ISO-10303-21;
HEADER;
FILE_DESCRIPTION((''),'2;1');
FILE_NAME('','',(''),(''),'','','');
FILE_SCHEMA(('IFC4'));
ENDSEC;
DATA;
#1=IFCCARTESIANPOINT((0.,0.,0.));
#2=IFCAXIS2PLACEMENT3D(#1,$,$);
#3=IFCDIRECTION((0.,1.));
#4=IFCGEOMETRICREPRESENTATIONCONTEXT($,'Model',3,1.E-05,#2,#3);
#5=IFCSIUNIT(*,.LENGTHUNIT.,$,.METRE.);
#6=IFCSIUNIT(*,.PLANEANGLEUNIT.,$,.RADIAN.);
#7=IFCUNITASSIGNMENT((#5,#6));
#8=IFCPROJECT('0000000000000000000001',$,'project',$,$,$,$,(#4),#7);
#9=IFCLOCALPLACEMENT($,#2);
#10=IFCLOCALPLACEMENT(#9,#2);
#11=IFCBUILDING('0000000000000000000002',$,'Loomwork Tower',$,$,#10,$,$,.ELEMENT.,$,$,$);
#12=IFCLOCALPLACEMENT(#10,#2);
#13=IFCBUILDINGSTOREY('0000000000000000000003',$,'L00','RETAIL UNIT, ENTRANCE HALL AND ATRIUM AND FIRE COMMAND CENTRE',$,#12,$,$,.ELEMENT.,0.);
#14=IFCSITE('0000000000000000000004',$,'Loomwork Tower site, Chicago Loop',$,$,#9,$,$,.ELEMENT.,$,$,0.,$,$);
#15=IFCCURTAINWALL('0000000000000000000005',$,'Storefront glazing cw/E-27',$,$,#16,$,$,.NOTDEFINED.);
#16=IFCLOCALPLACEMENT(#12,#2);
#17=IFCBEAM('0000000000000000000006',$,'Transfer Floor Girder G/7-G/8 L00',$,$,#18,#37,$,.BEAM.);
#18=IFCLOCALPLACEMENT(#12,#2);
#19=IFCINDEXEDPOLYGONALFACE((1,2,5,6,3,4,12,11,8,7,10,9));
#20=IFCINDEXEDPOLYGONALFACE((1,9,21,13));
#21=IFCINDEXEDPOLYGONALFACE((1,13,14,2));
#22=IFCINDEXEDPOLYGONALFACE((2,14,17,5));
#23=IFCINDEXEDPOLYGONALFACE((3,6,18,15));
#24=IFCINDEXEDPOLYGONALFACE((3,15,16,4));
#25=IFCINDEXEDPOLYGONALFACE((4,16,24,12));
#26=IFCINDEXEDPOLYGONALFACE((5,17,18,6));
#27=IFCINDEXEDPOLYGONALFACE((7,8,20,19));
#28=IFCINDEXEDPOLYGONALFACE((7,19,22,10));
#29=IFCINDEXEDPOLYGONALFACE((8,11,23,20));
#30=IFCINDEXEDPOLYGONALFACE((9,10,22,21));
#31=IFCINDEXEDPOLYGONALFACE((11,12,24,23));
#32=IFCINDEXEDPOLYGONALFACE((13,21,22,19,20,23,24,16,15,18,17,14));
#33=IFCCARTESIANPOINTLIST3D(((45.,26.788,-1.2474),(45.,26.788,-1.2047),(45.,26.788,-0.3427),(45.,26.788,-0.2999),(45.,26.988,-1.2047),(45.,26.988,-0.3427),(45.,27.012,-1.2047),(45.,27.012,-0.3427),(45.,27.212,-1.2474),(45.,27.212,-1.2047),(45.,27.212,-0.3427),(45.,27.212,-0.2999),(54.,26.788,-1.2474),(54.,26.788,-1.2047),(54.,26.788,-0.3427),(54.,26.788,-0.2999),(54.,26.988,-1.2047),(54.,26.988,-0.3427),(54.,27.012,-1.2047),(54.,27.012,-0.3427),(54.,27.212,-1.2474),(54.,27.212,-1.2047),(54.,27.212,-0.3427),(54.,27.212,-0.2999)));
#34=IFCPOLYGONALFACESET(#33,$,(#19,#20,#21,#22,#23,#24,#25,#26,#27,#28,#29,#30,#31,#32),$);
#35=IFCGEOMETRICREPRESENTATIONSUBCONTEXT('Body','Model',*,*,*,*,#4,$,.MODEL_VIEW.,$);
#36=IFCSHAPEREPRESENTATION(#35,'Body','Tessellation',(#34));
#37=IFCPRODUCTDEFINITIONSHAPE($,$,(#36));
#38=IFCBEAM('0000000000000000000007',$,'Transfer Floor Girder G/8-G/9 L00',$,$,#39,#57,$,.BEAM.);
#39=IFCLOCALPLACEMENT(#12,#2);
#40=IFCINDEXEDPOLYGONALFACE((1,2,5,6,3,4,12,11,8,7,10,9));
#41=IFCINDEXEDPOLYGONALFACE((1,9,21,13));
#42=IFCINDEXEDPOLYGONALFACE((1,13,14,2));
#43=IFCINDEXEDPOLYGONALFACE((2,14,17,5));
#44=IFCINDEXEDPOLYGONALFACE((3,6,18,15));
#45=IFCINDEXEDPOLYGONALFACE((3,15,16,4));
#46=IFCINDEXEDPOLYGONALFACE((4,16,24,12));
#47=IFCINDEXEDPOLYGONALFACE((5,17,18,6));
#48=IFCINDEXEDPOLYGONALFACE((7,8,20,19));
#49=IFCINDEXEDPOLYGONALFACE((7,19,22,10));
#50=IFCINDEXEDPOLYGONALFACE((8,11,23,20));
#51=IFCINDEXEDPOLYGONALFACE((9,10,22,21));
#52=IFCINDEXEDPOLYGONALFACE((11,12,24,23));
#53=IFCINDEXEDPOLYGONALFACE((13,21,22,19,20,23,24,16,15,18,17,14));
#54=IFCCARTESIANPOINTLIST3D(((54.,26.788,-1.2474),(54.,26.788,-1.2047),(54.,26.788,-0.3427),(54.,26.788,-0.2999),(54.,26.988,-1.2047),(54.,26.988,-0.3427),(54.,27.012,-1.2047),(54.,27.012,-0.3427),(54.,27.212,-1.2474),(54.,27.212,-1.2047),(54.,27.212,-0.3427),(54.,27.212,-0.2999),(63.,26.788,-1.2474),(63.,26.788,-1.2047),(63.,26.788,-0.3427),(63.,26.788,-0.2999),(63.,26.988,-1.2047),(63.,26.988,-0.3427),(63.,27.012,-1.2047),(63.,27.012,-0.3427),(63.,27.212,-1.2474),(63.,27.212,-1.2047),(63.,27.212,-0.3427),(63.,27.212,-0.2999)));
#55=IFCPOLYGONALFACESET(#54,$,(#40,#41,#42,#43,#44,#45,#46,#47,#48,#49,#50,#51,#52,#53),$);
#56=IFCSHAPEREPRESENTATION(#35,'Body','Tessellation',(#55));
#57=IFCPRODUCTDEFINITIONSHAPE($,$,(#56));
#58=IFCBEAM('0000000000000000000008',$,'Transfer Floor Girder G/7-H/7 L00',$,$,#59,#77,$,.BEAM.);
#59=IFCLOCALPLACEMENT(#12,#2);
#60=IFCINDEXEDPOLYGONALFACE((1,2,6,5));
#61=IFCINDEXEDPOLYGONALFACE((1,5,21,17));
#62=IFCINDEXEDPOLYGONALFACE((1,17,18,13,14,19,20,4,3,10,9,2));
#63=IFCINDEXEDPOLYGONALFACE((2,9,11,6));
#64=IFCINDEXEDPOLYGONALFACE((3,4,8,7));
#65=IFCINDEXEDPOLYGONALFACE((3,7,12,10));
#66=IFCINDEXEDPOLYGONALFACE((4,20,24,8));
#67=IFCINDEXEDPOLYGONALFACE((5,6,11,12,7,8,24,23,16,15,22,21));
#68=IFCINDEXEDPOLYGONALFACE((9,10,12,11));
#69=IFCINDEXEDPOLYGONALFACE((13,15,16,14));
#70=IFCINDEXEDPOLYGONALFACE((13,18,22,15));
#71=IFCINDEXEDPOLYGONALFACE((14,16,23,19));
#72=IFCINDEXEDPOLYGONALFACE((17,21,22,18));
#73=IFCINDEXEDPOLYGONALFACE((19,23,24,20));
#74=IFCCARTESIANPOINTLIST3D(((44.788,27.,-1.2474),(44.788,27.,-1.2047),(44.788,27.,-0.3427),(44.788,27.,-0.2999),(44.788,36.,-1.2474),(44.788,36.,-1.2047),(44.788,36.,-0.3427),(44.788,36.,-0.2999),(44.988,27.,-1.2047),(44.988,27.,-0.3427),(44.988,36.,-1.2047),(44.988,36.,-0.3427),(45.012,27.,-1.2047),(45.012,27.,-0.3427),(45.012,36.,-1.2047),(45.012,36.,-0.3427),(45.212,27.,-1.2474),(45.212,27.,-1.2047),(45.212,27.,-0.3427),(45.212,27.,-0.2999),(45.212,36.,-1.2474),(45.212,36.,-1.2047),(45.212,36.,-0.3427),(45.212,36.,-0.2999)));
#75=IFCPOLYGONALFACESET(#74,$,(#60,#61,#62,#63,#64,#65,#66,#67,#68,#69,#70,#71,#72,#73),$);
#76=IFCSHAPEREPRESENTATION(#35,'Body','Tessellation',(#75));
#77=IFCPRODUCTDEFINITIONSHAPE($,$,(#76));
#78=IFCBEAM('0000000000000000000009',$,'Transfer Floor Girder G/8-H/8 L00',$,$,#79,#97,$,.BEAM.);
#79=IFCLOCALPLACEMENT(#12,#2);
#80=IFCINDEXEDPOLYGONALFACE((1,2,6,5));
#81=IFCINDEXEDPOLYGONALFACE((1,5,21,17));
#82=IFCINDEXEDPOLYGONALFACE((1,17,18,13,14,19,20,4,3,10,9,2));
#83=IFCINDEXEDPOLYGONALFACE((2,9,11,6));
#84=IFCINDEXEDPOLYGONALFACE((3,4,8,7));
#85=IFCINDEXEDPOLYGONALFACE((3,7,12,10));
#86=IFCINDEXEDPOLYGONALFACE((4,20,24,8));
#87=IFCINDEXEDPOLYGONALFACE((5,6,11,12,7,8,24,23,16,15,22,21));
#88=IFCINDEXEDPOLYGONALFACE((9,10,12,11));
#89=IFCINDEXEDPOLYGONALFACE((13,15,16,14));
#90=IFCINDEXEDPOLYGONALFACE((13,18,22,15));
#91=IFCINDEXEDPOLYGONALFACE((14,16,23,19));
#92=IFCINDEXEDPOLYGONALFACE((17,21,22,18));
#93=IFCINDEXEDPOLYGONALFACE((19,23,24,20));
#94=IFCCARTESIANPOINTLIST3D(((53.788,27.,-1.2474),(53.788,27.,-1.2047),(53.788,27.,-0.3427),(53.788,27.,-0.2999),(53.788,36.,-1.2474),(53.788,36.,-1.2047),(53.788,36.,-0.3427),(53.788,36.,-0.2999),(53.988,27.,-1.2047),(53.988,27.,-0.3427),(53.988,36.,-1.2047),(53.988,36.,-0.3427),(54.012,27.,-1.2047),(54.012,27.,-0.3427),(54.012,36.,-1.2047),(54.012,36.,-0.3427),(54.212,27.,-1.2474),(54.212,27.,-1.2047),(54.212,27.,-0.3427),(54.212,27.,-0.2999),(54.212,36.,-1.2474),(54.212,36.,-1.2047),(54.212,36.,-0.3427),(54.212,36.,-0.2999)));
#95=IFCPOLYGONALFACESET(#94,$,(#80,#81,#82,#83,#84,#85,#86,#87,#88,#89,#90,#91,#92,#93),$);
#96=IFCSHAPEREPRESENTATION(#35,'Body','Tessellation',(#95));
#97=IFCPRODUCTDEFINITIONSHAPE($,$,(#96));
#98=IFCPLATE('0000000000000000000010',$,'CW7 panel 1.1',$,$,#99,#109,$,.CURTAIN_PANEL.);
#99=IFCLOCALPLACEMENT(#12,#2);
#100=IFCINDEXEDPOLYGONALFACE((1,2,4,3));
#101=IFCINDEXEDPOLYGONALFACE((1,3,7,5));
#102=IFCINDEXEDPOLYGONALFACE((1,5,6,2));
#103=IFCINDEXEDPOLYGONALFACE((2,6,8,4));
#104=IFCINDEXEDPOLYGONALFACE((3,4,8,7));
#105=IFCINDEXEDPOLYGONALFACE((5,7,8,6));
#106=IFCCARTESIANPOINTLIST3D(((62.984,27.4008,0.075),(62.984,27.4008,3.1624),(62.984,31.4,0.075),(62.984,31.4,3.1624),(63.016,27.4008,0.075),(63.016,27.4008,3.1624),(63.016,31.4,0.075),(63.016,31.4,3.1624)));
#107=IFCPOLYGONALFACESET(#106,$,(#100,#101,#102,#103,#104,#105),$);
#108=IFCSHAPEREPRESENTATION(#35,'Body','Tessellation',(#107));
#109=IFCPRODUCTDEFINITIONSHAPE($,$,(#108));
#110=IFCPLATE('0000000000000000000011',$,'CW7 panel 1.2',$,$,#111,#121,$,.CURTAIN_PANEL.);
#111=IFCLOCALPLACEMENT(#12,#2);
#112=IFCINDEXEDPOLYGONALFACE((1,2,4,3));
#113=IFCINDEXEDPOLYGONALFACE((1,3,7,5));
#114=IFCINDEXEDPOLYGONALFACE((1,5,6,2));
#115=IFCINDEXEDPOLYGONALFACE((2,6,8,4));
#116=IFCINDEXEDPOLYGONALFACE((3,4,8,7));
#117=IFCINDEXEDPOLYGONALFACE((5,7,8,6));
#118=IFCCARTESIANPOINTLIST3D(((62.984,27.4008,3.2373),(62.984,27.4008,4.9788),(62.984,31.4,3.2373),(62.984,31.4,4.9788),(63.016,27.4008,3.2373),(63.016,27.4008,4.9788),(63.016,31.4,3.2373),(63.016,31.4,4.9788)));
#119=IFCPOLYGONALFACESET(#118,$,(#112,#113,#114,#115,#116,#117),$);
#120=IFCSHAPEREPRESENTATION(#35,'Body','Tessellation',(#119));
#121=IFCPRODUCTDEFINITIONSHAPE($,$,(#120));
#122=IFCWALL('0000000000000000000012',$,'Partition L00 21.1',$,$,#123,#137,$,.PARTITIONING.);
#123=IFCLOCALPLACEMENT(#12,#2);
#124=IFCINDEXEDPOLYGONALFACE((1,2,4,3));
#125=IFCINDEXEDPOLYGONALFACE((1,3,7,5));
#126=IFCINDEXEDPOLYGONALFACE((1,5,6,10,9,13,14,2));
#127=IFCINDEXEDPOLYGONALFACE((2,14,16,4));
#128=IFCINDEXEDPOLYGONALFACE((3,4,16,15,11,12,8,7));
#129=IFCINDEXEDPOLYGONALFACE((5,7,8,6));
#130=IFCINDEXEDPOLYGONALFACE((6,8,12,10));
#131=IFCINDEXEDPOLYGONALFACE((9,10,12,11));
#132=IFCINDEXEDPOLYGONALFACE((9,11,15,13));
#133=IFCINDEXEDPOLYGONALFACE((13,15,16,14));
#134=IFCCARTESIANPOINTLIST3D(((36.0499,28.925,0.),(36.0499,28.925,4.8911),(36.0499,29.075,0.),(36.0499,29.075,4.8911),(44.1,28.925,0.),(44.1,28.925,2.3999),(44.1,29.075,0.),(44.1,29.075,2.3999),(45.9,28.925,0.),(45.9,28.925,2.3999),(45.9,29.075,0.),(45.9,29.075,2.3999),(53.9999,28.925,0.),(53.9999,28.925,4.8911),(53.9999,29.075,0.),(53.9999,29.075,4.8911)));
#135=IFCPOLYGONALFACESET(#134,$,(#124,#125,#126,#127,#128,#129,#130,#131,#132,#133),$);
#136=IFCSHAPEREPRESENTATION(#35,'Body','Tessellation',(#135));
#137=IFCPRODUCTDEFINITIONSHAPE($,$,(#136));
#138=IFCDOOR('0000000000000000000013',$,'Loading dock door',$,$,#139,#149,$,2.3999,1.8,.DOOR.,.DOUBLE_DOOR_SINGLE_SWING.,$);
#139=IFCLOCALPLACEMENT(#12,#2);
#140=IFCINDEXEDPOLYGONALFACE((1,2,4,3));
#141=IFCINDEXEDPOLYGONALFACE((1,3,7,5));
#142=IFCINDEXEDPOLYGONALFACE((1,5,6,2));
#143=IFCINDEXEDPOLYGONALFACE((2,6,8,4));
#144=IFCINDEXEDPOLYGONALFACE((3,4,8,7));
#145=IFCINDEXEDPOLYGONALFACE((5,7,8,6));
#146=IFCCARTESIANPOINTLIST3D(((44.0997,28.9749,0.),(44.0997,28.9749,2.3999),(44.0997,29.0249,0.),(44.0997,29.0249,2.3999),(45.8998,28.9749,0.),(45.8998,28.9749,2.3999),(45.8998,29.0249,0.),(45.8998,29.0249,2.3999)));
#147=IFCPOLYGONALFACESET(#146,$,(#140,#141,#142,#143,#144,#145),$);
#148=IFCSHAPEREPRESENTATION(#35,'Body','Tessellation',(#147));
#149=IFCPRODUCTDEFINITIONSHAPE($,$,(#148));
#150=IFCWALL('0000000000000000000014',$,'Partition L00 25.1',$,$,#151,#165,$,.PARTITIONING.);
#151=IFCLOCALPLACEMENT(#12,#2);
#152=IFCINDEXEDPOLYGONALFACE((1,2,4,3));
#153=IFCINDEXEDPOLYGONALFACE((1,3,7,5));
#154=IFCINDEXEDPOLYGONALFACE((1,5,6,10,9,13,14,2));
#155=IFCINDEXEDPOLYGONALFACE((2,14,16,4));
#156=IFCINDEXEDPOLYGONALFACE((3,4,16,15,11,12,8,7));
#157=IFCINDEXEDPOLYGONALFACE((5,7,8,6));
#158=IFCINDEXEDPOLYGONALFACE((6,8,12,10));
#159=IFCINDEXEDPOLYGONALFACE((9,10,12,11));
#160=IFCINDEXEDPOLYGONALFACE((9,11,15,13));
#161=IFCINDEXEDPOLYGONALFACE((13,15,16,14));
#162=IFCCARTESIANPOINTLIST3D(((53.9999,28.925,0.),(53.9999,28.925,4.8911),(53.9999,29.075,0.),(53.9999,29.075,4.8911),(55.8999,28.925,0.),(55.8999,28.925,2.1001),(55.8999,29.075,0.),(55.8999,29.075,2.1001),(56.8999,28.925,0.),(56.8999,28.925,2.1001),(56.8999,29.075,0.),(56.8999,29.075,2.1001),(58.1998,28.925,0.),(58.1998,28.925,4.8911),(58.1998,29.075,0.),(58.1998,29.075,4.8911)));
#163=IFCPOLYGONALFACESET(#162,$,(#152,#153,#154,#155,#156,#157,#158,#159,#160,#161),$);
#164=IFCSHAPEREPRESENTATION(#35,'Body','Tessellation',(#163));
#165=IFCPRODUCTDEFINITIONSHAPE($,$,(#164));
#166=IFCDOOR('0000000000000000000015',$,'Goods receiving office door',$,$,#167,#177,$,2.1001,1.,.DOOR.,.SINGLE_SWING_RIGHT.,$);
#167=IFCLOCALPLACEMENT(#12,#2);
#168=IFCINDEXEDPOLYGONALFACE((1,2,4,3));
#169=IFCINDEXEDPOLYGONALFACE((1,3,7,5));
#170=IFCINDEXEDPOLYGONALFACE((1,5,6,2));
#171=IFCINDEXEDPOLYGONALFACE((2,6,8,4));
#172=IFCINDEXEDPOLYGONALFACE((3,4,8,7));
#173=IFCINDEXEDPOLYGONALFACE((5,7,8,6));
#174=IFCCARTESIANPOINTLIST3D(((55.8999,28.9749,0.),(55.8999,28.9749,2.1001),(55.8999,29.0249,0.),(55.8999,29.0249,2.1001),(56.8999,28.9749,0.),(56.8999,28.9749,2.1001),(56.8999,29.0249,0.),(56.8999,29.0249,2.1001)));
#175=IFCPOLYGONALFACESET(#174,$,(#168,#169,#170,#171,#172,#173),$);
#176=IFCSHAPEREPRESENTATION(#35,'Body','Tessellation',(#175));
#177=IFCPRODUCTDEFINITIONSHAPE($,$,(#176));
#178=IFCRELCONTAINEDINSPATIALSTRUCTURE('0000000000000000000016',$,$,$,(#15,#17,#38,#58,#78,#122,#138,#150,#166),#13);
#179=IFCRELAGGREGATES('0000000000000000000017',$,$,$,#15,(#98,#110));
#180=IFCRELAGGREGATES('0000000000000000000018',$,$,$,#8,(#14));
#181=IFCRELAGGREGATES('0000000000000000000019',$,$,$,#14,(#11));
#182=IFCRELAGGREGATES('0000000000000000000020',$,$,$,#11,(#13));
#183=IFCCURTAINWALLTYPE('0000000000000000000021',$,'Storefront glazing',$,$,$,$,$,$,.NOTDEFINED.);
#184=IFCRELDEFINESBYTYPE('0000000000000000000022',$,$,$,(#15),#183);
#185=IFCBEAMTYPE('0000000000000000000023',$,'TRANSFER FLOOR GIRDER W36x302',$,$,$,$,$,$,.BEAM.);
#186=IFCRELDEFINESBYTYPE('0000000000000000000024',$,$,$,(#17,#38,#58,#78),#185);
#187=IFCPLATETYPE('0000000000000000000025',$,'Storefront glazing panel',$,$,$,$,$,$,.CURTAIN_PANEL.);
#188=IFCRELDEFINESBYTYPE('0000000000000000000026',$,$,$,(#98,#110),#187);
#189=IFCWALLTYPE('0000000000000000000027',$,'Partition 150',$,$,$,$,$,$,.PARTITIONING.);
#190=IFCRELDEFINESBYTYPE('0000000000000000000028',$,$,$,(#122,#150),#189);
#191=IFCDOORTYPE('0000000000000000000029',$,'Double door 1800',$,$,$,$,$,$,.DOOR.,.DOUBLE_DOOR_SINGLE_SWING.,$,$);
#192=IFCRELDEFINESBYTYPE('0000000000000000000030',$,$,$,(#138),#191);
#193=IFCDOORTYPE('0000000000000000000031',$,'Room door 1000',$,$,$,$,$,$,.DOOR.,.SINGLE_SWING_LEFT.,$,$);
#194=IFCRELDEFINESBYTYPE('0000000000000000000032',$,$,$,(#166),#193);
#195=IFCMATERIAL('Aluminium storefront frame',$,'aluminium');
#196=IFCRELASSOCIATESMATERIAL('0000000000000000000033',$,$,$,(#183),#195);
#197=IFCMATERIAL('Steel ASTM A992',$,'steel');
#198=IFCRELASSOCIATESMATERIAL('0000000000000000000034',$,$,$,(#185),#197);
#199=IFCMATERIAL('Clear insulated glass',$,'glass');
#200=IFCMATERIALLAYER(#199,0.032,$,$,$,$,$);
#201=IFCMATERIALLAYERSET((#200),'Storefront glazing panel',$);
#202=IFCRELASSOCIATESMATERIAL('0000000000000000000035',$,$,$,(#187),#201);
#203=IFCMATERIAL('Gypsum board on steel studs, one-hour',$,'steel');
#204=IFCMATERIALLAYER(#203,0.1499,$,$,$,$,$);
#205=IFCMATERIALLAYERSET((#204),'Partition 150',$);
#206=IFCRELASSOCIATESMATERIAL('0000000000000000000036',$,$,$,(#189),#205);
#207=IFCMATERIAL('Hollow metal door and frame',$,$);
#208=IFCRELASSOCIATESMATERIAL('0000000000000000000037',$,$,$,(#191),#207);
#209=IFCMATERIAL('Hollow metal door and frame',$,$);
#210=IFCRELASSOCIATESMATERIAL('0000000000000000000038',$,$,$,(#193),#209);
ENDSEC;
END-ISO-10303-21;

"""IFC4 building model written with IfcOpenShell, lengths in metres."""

from ifc_helpers import new_model, si_unit, direction, frame, frame_2d, origin, origin_2d, place, context, subcontext, project, spatial, rectangle, i_section, extrude, material, layer, layer_set, material_profile, profile_set, type_object, element, fill, aggregate, save


model = new_model("IFC4")

# Units and contexts
model_context = context("Model", 3, precision=1e-05, world=origin(), true_north=direction((0.0, 1.0)))
body_context = subcontext(model_context, "Body", "Model", "MODEL_VIEW")
ifc_project = project(units=[si_unit("LENGTHUNIT", "METRE"), si_unit("PLANEANGLEUNIT", "RADIAN")], contexts=[model_context])

# Site, building, storey
site_placement = place(None, origin())
site = spatial("IfcSite", under=ifc_project, at=site_placement, Name="Loomwork Tower site, Chicago Loop", CompositionType="ELEMENT", RefElevation=0.0)
building_placement = place(site_placement, origin())
building = spatial("IfcBuilding", under=site, at=building_placement, Name="Loomwork Tower", CompositionType="ELEMENT")
storey_placement = place(building_placement, origin())
storey = spatial("IfcBuildingStorey", under=building, at=storey_placement, Name="L00", Description="RETAIL UNIT, ENTRANCE HALL AND ATRIUM AND FIRE COMMAND CENTRE", CompositionType="ELEMENT", Elevation=0.0)

# Curtain wall
ifc_material_1 = material(Name="Aluminium storefront frame", Category="aluminium")
curtain_wall_type = type_object("IfcCurtainWallType", Name="Storefront glazing", PredefinedType="NOTDEFINED", material=ifc_material_1)
curtain_wall_placement = place(storey_placement, origin())
curtain_wall = element("IfcCurtainWall", 1, at=curtain_wall_placement, inside=storey, type_object=curtain_wall_type, Name="Storefront glazing cw/E-27", PredefinedType="NOTDEFINED")

# Beams
ifc_material_2 = material(Name="Steel ASTM A992", Category="steel")
ifc_material_profile_1 = material_profile(ifc_material_2, i_section(OverallWidth=0.4241, OverallDepth=0.9475, WebThickness=0.0239, FlangeThickness=0.0427, at=origin_2d()), Name="W36x302")
ifc_profile_set_1 = profile_set([ifc_material_profile_1], Name="Steel ASTM A992")
beam_type_1 = type_object("IfcBeamType", Name="TRANSFER FLOOR GIRDER W36x302", PredefinedType="BEAM", material=ifc_profile_set_1)
for number, where, z_axis, x_axis, name in (
    (2, (45.0, 27.0, -0.7737), (1.0, 0.0, 0.0), (0.0, 1.0, 0.0), "Transfer Floor Girder G/7-G/8 L00"),
    (3, (54.0, 27.0, -0.7737), (1.0, 0.0, 0.0), (0.0, 1.0, 0.0), "Transfer Floor Girder G/8-G/9 L00"),
    (4, (45.0, 27.0, -0.7737), (0.0, 1.0, 0.0), (-1.0, 0.0, 0.0), "Transfer Floor Girder G/7-H/7 L00"),
    (5, (54.0, 27.0, -0.7737), (0.0, 1.0, 0.0), (-1.0, 0.0, 0.0), "Transfer Floor Girder G/8-H/8 L00"),
):
    element("IfcBeam", number, at=place(storey_placement, frame(where, z_axis=z_axis, x_axis=x_axis)), inside=storey, type_object=beam_type_1, Name=name, PredefinedType="BEAM", context=body_context, shape_type="SweptSolid", body=[
        extrude(i_section(OverallWidth=0.4241, OverallDepth=0.9475, WebThickness=0.0239, FlangeThickness=0.0427, at=origin_2d()), origin(), (0.0, 0.0, 1.0), 9.0),
    ])

# Plates
ifc_material_3 = material(Name="Clear insulated glass", Category="glass")
ifc_layer_1 = layer(ifc_material_3, 0.032)
ifc_layer_set_1 = layer_set([ifc_layer_1], Name="Storefront glazing panel")
plate_type = type_object("IfcPlateType", Name="Storefront glazing panel", PredefinedType="CURTAIN_PANEL", material=ifc_layer_set_1)
plate_1_placement = place(storey_placement, frame((63.0, 29.4004, 0.075), z_axis=(0.0, 0.0, 1.0), x_axis=(0.0, 1.0, 0.0)))
plate_1 = element("IfcPlate", 6, at=plate_1_placement, type_object=plate_type, Name="CW7 panel 1.1", PredefinedType="CURTAIN_PANEL", context=body_context, shape_type="SweptSolid", body=[
    extrude(rectangle(XDim=3.9993, YDim=0.032, at=origin_2d()), origin(), (0.0, 0.0, 1.0), 3.0874),
])
plate_2_placement = place(storey_placement, frame((63.0, 29.4004, 3.2373), z_axis=(0.0, 0.0, 1.0), x_axis=(0.0, 1.0, 0.0)))
plate_2 = element("IfcPlate", 7, at=plate_2_placement, type_object=plate_type, Name="CW7 panel 1.2", PredefinedType="CURTAIN_PANEL", context=body_context, shape_type="SweptSolid", body=[
    extrude(rectangle(XDim=3.9993, YDim=0.032, at=origin_2d()), origin(), (0.0, 0.0, 1.0), 1.7415),
])
aggregate(curtain_wall, [plate_1, plate_2])

# Walls, openings, doors
ifc_material_4 = material(Name="Gypsum board on steel studs, one-hour", Category="steel")
ifc_layer_2 = layer(ifc_material_4, 0.1499)
ifc_layer_set_2 = layer_set([ifc_layer_2], Name="Partition 150")
wall_type_1 = type_object("IfcWallType", Name="Partition 150", PredefinedType="PARTITIONING", material=ifc_layer_set_2)
wall_1_placement = place(storey_placement, frame((54.0, 29.0, 0.0), z_axis=(0.0, 0.0, 1.0), x_axis=(-1.0, 0.0, 0.0)))
wall_1 = element("IfcWall", 8, at=wall_1_placement, inside=storey, type_object=wall_type_1, Name="Partition L00 21.1", PredefinedType="PARTITIONING", context=body_context, shape_type="SweptSolid", body=[
    extrude(rectangle(XDim=17.95, YDim=0.1499, at=frame_2d((8.9751, 0.0))), origin(), (0.0, 0.0, 1.0), 4.8911),
])
opening_1_placement = place(wall_1_placement, frame((8.1001, 0.0, 0.0)))
opening_1 = element("IfcOpeningElement", 9, at=opening_1_placement, cuts=wall_1, PredefinedType="OPENING", context=body_context, shape_type="SweptSolid", body=[
    extrude(rectangle(XDim=1.8, YDim=2.3999, at=frame_2d((0.8999, 1.2))), frame((0.0, 0.085, 0.0), z_axis=(0.0, -1.0, 0.0), x_axis=(1.0, 0.0, 0.0)), (0.0, 0.0, 1.0), 0.1699),
])
ifc_material_5 = material(Name="Hollow metal door and frame")
door_type_1 = type_object("IfcDoorType", Name="Double door 1800", OperationType="DOUBLE_DOOR_SINGLE_SWING", PredefinedType="DOOR", material=ifc_material_5)
door_1_placement = place(opening_1_placement, frame((1.8, 0.0, 0.0), z_axis=(0.0, 0.0, 1.0), x_axis=(-1.0, 0.0, 0.0)))
door_1 = element("IfcDoor", 10, at=door_1_placement, inside=storey, type_object=door_type_1, Name="Loading dock door", OperationType="DOUBLE_DOOR_SINGLE_SWING", OverallHeight=2.3999, OverallWidth=1.8, PredefinedType="DOOR", context=body_context, shape_type="SweptSolid", body=[
    extrude(rectangle(XDim=1.8, YDim=2.3999, at=frame_2d((0.8999, 1.2))), frame((0.0, 0.0249, 0.0), z_axis=(0.0, -1.0, 0.0), x_axis=(1.0, 0.0, 0.0)), (0.0, 0.0, 1.0), 0.05),
])
fill(opening_1, door_1)
wall_2_placement = place(storey_placement, frame((58.2, 29.0, 0.0), z_axis=(0.0, 0.0, 1.0), x_axis=(-1.0, 0.0, 0.0)))
wall_2 = element("IfcWall", 11, at=wall_2_placement, inside=storey, type_object=wall_type_1, Name="Partition L00 25.1", PredefinedType="PARTITIONING", context=body_context, shape_type="SweptSolid", body=[
    extrude(rectangle(XDim=4.2, YDim=0.1499, at=frame_2d((2.1001, 0.0))), origin(), (0.0, 0.0, 1.0), 4.8911),
])
opening_2_placement = place(wall_2_placement, frame((1.3, 0.0, 0.0)))
opening_2 = element("IfcOpeningElement", 12, at=opening_2_placement, cuts=wall_2, PredefinedType="OPENING", context=body_context, shape_type="SweptSolid", body=[
    extrude(rectangle(XDim=1.0, YDim=2.1001, at=frame_2d((0.5, 1.05))), frame((0.0, 0.085, 0.0), z_axis=(0.0, -1.0, 0.0), x_axis=(1.0, 0.0, 0.0)), (0.0, 0.0, 1.0), 0.1699),
])
ifc_material_6 = material(Name="Hollow metal door and frame")
door_type_2 = type_object("IfcDoorType", Name="Room door 1000", OperationType="SINGLE_SWING_LEFT", PredefinedType="DOOR", material=ifc_material_6)
door_2_placement = place(opening_2_placement, frame((1.0, 0.0, 0.0), z_axis=(0.0, 0.0, 1.0), x_axis=(-1.0, 0.0, 0.0)))
door_2 = element("IfcDoor", 13, at=door_2_placement, inside=storey, type_object=door_type_2, Name="Goods receiving office door", OperationType="SINGLE_SWING_RIGHT", OverallHeight=2.1001, OverallWidth=1.0, PredefinedType="DOOR", context=body_context, shape_type="SweptSolid", body=[
    extrude(rectangle(XDim=1.0, YDim=2.1001, at=frame_2d((0.5, 1.05))), frame((0.0, 0.0249, 0.0), z_axis=(0.0, -1.0, 0.0), x_axis=(1.0, 0.0, 0.0)), (0.0, 0.0, 1.0), 0.05),
])
fill(opening_2, door_2)

save(model, "model.ifc")
